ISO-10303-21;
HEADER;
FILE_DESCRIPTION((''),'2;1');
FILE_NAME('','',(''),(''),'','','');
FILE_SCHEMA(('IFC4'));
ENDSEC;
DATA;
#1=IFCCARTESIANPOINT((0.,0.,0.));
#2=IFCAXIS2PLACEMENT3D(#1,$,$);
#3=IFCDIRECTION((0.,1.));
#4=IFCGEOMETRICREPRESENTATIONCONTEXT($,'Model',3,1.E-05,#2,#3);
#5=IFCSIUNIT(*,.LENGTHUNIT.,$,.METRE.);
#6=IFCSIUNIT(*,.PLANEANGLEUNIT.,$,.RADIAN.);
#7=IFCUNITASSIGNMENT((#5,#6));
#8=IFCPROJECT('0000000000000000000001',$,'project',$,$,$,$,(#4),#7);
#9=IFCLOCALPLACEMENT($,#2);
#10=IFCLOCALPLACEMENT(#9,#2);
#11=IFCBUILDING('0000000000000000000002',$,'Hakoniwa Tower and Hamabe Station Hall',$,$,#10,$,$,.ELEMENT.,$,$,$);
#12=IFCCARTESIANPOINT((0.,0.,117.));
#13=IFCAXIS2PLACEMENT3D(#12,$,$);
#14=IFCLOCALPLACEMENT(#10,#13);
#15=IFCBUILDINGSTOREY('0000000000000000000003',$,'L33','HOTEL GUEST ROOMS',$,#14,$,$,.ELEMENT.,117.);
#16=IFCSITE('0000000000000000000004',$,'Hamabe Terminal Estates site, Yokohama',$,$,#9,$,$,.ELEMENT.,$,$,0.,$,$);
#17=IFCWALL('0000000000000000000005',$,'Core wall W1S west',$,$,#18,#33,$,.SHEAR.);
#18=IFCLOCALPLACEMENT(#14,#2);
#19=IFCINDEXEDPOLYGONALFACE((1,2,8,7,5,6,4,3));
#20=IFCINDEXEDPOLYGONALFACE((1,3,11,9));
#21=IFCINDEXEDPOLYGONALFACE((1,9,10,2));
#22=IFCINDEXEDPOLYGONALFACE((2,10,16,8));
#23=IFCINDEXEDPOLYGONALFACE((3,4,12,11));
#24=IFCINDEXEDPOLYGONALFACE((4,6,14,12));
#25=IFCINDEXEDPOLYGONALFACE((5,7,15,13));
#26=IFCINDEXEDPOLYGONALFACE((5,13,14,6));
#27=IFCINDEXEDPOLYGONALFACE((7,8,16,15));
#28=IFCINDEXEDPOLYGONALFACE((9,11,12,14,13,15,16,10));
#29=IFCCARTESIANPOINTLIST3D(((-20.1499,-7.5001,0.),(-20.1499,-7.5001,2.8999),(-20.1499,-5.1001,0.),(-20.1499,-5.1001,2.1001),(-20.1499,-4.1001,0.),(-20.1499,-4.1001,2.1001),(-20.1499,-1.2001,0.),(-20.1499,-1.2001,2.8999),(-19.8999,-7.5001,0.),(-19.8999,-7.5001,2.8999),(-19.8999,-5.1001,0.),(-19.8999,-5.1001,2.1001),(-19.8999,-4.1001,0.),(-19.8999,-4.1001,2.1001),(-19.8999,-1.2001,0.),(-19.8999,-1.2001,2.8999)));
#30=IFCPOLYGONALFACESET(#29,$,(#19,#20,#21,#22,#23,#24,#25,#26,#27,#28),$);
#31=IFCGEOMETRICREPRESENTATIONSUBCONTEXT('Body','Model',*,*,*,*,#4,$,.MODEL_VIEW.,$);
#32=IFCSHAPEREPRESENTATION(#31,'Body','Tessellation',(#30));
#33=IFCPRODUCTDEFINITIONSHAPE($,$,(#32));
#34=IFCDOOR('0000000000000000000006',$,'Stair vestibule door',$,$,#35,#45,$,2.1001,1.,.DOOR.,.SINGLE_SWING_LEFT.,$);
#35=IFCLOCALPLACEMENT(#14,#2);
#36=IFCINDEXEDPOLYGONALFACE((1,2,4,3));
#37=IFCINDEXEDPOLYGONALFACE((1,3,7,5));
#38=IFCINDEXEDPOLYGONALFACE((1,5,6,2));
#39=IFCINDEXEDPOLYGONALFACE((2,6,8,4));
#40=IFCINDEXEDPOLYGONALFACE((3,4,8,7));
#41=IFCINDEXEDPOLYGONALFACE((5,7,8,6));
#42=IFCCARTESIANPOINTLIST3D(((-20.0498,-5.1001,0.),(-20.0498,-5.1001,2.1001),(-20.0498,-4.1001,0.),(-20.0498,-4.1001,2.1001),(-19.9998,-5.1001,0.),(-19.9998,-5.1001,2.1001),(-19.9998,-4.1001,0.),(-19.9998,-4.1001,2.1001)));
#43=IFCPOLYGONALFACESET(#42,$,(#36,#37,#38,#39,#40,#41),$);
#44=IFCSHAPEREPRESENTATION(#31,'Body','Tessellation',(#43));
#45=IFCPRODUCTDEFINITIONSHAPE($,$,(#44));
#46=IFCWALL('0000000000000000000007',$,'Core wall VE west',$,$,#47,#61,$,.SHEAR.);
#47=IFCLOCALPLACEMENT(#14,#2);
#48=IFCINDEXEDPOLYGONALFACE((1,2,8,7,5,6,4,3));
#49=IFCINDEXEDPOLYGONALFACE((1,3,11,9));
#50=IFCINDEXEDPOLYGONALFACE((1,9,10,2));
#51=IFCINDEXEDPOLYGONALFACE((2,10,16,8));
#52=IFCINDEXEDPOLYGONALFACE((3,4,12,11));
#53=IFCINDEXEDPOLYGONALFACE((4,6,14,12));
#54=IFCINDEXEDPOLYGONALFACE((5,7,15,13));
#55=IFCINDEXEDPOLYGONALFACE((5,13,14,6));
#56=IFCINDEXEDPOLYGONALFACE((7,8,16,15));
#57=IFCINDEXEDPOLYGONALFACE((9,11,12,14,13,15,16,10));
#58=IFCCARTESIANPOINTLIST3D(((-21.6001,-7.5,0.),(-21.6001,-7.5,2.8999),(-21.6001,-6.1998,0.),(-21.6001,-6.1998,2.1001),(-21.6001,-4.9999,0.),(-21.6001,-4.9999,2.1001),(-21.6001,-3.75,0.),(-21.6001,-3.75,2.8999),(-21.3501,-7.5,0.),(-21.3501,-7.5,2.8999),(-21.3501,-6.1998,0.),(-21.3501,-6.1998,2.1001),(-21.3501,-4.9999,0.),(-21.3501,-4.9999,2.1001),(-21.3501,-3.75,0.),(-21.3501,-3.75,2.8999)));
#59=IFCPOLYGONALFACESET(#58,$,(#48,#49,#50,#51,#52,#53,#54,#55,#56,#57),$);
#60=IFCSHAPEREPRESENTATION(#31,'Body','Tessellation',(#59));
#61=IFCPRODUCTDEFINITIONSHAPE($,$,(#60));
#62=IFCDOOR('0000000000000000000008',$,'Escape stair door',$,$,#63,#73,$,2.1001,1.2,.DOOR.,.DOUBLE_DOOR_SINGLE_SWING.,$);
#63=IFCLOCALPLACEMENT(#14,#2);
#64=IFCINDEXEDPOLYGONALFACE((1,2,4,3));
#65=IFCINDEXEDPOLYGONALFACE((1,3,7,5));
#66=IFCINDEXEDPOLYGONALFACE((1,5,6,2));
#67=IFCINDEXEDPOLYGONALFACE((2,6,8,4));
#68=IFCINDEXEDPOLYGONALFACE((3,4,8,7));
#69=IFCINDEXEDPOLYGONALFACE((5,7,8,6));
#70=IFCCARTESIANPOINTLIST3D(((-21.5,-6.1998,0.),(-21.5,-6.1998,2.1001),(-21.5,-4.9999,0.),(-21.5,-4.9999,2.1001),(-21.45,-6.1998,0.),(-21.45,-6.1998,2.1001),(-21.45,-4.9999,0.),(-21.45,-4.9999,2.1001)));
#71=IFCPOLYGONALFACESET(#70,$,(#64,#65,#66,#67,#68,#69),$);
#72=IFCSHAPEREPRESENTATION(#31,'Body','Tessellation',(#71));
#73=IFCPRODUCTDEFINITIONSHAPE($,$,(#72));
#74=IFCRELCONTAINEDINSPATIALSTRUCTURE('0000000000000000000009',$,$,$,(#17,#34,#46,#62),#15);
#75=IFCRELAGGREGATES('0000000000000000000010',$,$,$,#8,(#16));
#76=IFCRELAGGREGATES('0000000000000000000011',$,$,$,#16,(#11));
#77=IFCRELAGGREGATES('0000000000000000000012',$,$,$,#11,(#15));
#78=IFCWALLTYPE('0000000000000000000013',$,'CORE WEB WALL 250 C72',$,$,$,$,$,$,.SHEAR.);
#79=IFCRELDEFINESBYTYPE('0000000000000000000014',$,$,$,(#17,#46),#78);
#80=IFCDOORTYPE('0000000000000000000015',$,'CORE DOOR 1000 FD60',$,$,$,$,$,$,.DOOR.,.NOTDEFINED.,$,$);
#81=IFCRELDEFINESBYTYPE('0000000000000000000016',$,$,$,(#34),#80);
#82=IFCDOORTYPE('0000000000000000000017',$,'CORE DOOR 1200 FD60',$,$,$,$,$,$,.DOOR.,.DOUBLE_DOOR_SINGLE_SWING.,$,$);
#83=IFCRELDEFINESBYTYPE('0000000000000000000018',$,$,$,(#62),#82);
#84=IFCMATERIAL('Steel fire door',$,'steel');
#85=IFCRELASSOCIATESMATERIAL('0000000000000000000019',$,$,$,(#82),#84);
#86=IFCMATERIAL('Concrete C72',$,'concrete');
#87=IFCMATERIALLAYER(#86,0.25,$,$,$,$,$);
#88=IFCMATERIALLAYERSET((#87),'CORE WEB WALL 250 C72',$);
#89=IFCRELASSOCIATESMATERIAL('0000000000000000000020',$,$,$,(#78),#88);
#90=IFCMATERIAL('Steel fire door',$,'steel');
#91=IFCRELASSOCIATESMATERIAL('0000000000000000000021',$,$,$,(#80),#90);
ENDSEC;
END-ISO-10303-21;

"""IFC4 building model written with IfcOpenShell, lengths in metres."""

from ifc_helpers import new_model, si_unit, direction, frame, frame_2d, origin, place, context, subcontext, project, spatial, rectangle, extrude, material, layer, layer_set, type_object, element, fill, save


model = new_model("IFC4")

# Units and contexts
model_context = context("Model", 3, precision=1e-05, world=origin(), true_north=direction((0.0, 1.0)))
body_context = subcontext(model_context, "Body", "Model", "MODEL_VIEW")
ifc_project = project(units=[si_unit("LENGTHUNIT", "METRE"), si_unit("PLANEANGLEUNIT", "RADIAN")], contexts=[model_context])

# Site, building, storey
site_placement = place(None, origin())
site = spatial("IfcSite", under=ifc_project, at=site_placement, Name="Hamabe Terminal Estates site, Yokohama", CompositionType="ELEMENT", RefElevation=0.0)
building_placement = place(site_placement, origin())
building = spatial("IfcBuilding", under=site, at=building_placement, Name="Hakoniwa Tower and Hamabe Station Hall", CompositionType="ELEMENT")
storey_placement = place(building_placement, frame((0.0, 0.0, 117.0)))
storey = spatial("IfcBuildingStorey", under=building, at=storey_placement, Name="L33", Description="HOTEL GUEST ROOMS", CompositionType="ELEMENT", Elevation=117.0)

# Walls, openings, doors
ifc_material_1 = material(Name="Steel fire door", Category="steel")
door_type_1 = type_object("IfcDoorType", Name="CORE DOOR 1200 FD60", OperationType="DOUBLE_DOOR_SINGLE_SWING", PredefinedType="DOOR", material=ifc_material_1)
ifc_material_2 = material(Name="Concrete C72", Category="concrete")
ifc_layer_1 = layer(ifc_material_2, 0.25)
ifc_layer_set_1 = layer_set([ifc_layer_1], Name="CORE WEB WALL 250 C72")
wall_type_1 = type_object("IfcWallType", Name="CORE WEB WALL 250 C72", PredefinedType="SHEAR", material=ifc_layer_set_1)
wall_1_placement = place(storey_placement, frame((-20.0249, -7.5, 0.0), z_axis=(0.0, 0.0, 1.0), x_axis=(0.0, 1.0, 0.0)))
wall_1 = element("IfcWall", 1, at=wall_1_placement, inside=storey, type_object=wall_type_1, Name="Core wall W1S west", PredefinedType="SHEAR", context=body_context, shape_type="SweptSolid", body=[
    extrude(rectangle(XDim=6.3, YDim=0.25, at=frame_2d((3.1499, 0.0))), origin(), (0.0, 0.0, 1.0), 2.8999),
])
opening_1_placement = place(wall_1_placement, frame((2.3999, 0.0, 0.0)))
opening_1 = element("IfcOpeningElement", 2, at=opening_1_placement, cuts=wall_1, PredefinedType="OPENING", context=body_context, shape_type="SweptSolid", body=[
    extrude(rectangle(XDim=1.0, YDim=2.1001, at=frame_2d((0.5, 1.05))), frame((0.0, 0.135, 0.0), z_axis=(0.0, -1.0, 0.0), x_axis=(1.0, 0.0, 0.0)), (0.0, 0.0, 1.0), 0.27),
])
ifc_material_3 = material(Name="Steel fire door", Category="steel")
door_type_2 = type_object("IfcDoorType", Name="CORE DOOR 1000 FD60", OperationType="NOTDEFINED", PredefinedType="DOOR", material=ifc_material_3)
door_1_placement = place(opening_1_placement, origin())
door_1 = element("IfcDoor", 3, at=door_1_placement, inside=storey, type_object=door_type_2, Name="Stair vestibule door", OperationType="SINGLE_SWING_LEFT", OverallHeight=2.1001, OverallWidth=1.0, PredefinedType="DOOR", context=body_context, shape_type="SweptSolid", body=[
    extrude(rectangle(XDim=1.0, YDim=2.1001, at=frame_2d((0.5, 1.05))), frame((0.0, 0.0249, 0.0), z_axis=(0.0, -1.0, 0.0), x_axis=(1.0, 0.0, 0.0)), (0.0, 0.0, 1.0), 0.05),
])
fill(opening_1, door_1)
wall_2_placement = place(storey_placement, frame((-21.4751, -7.5, 0.0), z_axis=(0.0, 0.0, 1.0), x_axis=(0.0, 1.0, 0.0)))
wall_2 = element("IfcWall", 4, at=wall_2_placement, inside=storey, type_object=wall_type_1, Name="Core wall VE west", PredefinedType="SHEAR", context=body_context, shape_type="SweptSolid", body=[
    extrude(rectangle(XDim=3.75, YDim=0.25, at=frame_2d((1.875, 0.0))), origin(), (0.0, 0.0, 1.0), 2.8999),
])
opening_2_placement = place(wall_2_placement, frame((1.3, 0.0, 0.0)))
opening_2 = element("IfcOpeningElement", 5, at=opening_2_placement, cuts=wall_2, PredefinedType="OPENING", context=body_context, shape_type="SweptSolid", body=[
    extrude(rectangle(XDim=1.2, YDim=2.1001, at=frame_2d((0.6001, 1.05))), frame((0.0, 0.135, 0.0), z_axis=(0.0, -1.0, 0.0), x_axis=(1.0, 0.0, 0.0)), (0.0, 0.0, 1.0), 0.27),
])
door_2_placement = place(opening_2_placement, origin())
door_2 = element("IfcDoor", 6, at=door_2_placement, inside=storey, type_object=door_type_1, Name="Escape stair door", OperationType="DOUBLE_DOOR_SINGLE_SWING", OverallHeight=2.1001, OverallWidth=1.2, PredefinedType="DOOR", context=body_context, shape_type="SweptSolid", body=[
    extrude(rectangle(XDim=1.2, YDim=2.1001, at=frame_2d((0.6001, 1.05))), frame((0.0, 0.0249, 0.0), z_axis=(0.0, -1.0, 0.0), x_axis=(1.0, 0.0, 0.0)), (0.0, 0.0, 1.0), 0.05),
])
fill(opening_2, door_2)

save(model, "model.ifc")
